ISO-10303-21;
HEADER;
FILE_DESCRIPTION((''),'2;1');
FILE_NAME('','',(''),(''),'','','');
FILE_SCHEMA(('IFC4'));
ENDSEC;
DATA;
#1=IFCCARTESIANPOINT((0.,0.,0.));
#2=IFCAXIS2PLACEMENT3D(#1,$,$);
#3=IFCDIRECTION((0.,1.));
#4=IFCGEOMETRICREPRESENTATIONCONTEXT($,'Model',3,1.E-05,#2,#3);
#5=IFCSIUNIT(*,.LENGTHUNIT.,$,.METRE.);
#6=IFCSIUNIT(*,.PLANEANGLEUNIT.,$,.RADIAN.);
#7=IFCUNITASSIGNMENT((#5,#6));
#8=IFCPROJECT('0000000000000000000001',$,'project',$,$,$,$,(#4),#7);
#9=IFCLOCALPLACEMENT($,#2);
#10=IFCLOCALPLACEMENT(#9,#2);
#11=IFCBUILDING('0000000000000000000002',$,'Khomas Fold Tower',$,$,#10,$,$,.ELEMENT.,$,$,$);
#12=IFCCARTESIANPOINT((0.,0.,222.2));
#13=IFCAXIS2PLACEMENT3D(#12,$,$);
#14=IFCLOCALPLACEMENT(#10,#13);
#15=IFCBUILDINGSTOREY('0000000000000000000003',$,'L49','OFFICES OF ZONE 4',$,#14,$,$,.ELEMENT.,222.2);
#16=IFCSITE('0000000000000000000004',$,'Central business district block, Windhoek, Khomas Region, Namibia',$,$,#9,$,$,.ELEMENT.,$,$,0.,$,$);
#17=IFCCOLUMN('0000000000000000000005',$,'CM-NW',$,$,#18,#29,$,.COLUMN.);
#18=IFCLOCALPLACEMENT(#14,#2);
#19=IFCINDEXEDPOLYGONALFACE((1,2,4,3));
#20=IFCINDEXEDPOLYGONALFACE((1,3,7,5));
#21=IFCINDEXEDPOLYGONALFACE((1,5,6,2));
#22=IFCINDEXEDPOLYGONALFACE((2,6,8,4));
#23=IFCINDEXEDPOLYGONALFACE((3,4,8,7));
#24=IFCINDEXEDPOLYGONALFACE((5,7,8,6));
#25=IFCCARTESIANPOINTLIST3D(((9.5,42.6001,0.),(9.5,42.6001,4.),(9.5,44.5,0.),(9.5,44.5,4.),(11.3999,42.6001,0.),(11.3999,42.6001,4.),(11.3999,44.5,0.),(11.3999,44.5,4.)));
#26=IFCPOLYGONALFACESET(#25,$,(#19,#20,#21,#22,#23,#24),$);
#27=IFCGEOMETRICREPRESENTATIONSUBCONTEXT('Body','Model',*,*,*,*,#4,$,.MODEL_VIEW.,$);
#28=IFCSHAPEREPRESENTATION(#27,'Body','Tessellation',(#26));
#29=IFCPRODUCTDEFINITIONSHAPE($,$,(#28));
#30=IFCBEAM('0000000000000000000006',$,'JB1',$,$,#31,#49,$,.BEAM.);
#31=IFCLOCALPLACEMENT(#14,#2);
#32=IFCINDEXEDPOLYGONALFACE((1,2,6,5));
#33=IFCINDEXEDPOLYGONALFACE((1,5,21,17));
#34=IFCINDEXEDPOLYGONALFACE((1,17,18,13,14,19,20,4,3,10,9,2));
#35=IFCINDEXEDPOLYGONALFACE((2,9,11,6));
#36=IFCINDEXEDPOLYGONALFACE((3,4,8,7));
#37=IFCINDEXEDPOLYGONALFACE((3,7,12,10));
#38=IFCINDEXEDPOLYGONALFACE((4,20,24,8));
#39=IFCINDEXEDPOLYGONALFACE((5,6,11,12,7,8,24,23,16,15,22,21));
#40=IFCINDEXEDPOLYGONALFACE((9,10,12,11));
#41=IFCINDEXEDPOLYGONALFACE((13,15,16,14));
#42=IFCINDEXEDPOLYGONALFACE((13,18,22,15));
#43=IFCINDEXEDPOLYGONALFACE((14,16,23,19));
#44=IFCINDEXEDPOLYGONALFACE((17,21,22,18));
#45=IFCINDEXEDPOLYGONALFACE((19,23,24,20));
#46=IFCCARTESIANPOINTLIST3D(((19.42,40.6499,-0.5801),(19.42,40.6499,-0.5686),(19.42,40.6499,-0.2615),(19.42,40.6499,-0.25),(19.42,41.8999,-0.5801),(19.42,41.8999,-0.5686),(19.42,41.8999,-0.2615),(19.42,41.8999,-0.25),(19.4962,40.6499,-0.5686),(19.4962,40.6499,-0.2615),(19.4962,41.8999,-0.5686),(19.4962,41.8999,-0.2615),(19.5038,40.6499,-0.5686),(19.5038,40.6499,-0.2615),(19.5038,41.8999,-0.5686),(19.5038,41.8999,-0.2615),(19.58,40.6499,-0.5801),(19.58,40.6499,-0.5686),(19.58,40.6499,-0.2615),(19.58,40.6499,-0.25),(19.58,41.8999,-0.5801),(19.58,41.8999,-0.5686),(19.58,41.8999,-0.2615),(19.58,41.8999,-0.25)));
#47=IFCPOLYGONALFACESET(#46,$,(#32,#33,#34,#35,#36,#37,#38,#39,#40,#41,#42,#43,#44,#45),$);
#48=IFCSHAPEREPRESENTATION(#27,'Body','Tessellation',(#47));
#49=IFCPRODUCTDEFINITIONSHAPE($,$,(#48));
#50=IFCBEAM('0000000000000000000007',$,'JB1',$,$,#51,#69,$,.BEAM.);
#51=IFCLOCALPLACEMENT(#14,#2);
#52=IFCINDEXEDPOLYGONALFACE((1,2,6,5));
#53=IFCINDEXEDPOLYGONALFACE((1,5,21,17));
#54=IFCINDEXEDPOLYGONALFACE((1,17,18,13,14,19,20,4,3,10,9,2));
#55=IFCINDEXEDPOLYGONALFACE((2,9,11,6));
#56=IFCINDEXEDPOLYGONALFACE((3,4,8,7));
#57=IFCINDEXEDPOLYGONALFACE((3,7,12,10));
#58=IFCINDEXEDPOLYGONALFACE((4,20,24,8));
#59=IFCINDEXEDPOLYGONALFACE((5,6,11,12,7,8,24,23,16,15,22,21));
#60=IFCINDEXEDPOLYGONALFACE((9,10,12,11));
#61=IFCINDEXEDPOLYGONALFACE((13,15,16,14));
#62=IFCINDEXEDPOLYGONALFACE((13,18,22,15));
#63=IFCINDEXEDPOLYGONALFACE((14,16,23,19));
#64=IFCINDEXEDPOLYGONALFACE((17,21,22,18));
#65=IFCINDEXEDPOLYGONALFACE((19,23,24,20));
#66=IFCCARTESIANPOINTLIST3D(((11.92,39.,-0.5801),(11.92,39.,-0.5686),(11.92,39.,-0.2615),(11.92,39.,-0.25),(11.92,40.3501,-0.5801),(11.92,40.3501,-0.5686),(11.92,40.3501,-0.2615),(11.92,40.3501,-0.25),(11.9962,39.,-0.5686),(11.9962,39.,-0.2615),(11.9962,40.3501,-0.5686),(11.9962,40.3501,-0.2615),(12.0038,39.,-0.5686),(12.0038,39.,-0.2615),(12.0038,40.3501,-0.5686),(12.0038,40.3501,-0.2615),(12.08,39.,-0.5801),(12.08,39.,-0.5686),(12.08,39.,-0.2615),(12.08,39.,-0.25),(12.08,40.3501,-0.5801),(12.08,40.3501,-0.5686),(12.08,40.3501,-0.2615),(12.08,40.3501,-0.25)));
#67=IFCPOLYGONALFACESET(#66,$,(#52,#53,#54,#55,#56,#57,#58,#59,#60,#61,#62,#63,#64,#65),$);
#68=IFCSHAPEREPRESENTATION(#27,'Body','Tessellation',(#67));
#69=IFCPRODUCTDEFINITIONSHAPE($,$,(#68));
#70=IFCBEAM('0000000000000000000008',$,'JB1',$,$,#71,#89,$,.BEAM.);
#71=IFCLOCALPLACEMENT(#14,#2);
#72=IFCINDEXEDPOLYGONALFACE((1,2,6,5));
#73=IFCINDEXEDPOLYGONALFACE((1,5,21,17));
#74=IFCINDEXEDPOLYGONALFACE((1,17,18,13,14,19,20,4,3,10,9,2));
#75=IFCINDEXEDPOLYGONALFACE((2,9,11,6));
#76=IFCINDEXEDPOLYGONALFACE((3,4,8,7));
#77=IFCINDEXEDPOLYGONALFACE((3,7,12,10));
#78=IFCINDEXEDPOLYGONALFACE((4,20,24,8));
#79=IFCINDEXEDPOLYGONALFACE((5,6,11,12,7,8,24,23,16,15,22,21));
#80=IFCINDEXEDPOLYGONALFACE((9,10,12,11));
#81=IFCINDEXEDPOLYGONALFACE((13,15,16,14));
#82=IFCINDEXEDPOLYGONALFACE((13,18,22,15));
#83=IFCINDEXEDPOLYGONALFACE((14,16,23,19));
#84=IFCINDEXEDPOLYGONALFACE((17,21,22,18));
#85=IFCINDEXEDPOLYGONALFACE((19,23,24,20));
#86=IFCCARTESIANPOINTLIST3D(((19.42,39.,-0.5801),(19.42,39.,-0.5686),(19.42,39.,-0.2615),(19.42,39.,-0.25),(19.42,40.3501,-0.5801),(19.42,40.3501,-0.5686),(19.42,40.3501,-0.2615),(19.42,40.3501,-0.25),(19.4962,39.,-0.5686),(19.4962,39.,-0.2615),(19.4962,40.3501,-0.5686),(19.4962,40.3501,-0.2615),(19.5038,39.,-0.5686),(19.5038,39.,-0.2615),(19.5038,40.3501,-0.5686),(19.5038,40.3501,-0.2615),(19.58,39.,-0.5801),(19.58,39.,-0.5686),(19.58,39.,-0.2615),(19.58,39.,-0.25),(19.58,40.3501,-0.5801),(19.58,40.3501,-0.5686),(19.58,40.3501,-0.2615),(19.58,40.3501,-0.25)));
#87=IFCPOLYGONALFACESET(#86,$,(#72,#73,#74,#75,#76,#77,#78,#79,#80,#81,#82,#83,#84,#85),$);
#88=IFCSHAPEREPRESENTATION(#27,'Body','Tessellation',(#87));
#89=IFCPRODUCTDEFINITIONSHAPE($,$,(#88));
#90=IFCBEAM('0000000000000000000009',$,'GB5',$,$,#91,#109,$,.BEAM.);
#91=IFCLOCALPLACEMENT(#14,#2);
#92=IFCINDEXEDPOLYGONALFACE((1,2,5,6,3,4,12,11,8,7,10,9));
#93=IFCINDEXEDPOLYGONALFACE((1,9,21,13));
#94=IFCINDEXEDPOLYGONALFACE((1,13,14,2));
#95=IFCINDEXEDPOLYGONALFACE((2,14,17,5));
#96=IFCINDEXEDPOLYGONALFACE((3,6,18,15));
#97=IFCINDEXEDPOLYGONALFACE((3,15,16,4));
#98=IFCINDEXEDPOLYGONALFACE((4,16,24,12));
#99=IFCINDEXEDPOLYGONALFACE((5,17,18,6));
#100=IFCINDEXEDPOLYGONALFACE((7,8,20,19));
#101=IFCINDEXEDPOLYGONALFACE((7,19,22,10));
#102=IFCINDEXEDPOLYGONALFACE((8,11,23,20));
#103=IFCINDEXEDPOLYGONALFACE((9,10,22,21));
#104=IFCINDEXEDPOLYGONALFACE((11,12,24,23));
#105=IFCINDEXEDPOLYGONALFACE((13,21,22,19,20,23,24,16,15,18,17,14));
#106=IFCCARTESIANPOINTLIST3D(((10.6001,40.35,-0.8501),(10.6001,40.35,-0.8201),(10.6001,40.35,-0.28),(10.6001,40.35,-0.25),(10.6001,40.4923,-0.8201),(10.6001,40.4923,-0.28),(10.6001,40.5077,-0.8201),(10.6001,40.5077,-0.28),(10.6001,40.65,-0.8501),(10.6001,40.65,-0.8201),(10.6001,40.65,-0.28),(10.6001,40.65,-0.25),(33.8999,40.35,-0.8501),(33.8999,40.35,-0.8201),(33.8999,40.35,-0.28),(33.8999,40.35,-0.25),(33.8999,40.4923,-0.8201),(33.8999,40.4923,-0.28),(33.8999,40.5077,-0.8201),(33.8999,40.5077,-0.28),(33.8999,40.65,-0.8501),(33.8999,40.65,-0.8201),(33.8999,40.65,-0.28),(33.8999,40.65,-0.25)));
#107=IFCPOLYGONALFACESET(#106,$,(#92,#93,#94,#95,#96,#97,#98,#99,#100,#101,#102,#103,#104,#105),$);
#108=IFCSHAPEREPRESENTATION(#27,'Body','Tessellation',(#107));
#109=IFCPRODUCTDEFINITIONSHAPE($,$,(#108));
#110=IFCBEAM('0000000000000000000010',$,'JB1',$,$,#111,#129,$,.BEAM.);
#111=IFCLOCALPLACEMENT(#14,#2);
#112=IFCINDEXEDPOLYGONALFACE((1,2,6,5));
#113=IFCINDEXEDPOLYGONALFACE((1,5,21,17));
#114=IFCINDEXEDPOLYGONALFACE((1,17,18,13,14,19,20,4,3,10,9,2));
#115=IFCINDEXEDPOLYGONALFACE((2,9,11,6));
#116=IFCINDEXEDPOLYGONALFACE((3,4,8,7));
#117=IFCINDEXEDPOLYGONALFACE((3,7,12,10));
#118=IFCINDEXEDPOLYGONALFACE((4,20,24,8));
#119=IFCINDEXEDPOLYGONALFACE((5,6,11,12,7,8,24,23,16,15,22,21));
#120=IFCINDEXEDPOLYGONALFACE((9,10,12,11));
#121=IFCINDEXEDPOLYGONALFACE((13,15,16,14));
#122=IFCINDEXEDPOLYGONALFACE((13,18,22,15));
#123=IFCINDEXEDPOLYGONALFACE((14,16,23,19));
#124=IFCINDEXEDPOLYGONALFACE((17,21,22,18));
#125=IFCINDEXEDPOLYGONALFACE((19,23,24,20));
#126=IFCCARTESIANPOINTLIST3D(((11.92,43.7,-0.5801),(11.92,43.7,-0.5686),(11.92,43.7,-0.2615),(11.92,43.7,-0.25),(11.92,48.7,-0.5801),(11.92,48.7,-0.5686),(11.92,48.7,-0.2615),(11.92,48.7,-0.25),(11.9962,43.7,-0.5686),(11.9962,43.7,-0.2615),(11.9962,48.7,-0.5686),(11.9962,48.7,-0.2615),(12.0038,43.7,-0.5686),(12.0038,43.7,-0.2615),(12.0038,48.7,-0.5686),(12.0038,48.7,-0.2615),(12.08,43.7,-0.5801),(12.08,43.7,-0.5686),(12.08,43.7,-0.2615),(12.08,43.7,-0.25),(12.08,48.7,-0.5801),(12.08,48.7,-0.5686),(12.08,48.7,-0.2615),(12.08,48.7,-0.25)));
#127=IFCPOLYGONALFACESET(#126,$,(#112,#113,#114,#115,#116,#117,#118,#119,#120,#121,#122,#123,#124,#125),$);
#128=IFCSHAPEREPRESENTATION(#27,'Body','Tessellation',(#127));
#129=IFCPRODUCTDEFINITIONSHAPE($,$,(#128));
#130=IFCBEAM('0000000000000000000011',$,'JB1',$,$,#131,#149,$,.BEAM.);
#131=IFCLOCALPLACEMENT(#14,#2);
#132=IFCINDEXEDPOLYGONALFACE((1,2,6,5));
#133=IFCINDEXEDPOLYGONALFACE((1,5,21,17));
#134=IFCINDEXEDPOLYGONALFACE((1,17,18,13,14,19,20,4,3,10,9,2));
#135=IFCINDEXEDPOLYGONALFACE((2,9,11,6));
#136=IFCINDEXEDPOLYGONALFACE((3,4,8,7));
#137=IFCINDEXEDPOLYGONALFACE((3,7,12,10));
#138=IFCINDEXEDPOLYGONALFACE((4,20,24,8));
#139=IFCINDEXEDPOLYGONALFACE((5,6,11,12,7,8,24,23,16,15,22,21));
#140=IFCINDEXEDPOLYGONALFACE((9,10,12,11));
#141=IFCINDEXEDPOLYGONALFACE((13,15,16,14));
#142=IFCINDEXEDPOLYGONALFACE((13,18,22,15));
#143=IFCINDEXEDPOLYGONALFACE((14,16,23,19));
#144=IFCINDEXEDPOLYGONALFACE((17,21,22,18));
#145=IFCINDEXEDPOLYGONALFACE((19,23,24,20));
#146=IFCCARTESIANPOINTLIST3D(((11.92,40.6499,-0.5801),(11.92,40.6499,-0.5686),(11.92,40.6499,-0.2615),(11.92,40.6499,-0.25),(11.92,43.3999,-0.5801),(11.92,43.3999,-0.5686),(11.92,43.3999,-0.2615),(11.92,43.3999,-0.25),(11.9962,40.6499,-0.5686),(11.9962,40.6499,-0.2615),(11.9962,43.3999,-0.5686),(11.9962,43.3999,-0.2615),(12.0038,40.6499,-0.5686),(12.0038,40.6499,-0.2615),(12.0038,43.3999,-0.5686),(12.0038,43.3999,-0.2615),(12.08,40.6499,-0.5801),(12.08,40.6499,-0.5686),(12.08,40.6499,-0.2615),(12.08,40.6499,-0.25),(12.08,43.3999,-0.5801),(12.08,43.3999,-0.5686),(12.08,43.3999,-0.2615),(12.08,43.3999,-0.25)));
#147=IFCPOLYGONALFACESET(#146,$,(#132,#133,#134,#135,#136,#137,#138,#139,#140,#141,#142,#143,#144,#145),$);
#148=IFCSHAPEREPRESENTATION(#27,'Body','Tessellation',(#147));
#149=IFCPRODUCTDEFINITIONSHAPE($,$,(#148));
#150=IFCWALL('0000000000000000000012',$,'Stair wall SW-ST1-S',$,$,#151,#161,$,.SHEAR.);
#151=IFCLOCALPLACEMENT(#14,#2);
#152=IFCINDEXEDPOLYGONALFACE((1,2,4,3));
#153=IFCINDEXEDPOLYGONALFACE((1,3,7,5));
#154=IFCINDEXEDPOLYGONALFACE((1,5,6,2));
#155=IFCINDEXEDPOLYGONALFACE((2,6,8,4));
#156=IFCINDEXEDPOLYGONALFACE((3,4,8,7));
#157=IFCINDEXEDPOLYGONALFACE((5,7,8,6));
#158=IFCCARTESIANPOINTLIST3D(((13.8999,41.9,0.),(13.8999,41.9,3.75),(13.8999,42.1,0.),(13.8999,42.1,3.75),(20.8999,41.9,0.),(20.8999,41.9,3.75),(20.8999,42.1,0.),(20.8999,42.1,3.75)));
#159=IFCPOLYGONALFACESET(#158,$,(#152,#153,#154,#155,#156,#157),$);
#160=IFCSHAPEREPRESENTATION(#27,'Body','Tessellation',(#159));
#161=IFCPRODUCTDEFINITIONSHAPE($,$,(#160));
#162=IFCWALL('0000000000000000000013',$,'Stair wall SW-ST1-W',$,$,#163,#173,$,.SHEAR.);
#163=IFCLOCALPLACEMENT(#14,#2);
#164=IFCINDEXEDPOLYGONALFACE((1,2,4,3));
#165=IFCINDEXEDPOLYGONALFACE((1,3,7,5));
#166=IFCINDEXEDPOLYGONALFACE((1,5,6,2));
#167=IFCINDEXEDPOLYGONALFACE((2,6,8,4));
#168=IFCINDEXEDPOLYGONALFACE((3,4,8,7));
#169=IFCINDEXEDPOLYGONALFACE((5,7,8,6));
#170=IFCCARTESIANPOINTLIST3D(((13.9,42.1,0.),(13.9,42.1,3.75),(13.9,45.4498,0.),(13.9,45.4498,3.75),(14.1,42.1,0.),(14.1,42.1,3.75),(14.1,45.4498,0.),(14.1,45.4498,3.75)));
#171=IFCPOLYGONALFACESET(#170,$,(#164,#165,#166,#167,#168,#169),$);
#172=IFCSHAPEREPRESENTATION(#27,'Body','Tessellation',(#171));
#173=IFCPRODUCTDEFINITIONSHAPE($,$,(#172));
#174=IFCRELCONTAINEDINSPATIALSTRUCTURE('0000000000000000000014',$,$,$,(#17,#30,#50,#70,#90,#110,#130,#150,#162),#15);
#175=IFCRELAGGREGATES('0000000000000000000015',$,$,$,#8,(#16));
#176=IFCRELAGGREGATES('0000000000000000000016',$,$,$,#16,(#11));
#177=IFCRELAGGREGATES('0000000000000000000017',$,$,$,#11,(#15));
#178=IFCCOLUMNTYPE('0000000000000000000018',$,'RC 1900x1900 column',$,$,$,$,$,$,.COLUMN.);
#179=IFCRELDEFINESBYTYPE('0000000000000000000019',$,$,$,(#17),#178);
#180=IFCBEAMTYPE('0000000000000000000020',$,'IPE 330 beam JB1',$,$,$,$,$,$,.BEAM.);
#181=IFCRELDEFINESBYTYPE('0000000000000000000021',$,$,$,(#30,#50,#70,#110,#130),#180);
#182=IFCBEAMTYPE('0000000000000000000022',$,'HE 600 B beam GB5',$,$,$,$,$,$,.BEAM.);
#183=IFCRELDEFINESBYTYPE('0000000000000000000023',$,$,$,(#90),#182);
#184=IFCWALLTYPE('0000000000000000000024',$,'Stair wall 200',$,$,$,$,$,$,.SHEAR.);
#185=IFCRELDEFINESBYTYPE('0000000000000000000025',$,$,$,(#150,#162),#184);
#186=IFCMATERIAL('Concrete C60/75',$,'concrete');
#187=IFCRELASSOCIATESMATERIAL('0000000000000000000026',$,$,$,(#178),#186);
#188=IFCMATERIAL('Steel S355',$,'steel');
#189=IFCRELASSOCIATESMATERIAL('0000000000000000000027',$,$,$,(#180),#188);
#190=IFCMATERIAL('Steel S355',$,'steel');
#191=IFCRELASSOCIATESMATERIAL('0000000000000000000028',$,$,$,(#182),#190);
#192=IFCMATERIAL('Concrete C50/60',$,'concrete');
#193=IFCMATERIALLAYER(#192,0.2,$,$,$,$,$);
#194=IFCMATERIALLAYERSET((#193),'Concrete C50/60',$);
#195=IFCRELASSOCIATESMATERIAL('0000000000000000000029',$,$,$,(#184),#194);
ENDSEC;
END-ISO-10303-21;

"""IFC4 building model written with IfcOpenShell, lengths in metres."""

from ifc_helpers import new_model, si_unit, direction, frame, frame_2d, origin, origin_2d, place, context, subcontext, project, spatial, rectangle, i_section, extrude, source, transform, mapped, material, layer, layer_set, material_profile, profile_set, type_object, element, save


model = new_model("IFC4")

# Units and contexts
model_context = context("Model", 3, precision=1e-05, world=origin(), true_north=direction((0.0, 1.0)))
body_context = subcontext(model_context, "Body", "Model", "MODEL_VIEW")
ifc_project = project(units=[si_unit("LENGTHUNIT", "METRE"), si_unit("PLANEANGLEUNIT", "RADIAN")], contexts=[model_context])

# Site, building, storey
site_placement = place(None, origin())
site = spatial("IfcSite", under=ifc_project, at=site_placement, Name="Central business district block, Windhoek, Khomas Region, Namibia", CompositionType="ELEMENT", RefElevation=0.0)
building_placement = place(site_placement, origin())
building = spatial("IfcBuilding", under=site, at=building_placement, Name="Khomas Fold Tower", CompositionType="ELEMENT")
storey_placement = place(building_placement, frame((0.0, 0.0, 222.2)))
storey = spatial("IfcBuildingStorey", under=building, at=storey_placement, Name="L49", Description="OFFICES OF ZONE 4", CompositionType="ELEMENT", Elevation=222.2)

# Column
ifc_material_1 = material(Name="Concrete C60/75", Category="concrete")
ifc_material_profile_1 = material_profile(ifc_material_1, rectangle(XDim=1.8999, YDim=1.8999, at=origin_2d()), Name="RC 1900x1900")
ifc_profile_set_1 = profile_set([ifc_material_profile_1], Name="Concrete C60/75")
column_type = type_object("IfcColumnType", Name="RC 1900x1900 column", PredefinedType="COLUMN", material=ifc_profile_set_1)
shared_shape_1 = source(origin(), body_context, "Body", "SweptSolid", [
    extrude(rectangle(XDim=1.8999, YDim=1.8999, at=origin_2d()), origin(), (0.0, 0.0, 1.0), 4.0),
])
column_placement = place(storey_placement, frame((10.45, 43.55, 0.0), z_axis=(0.0, 0.0, 1.0), x_axis=(1.0, 0.0, 0.0)))
element("IfcColumn", 1, at=column_placement, inside=storey, type_object=column_type, Name="CM-NW", PredefinedType="COLUMN", context=body_context, shape_type="MappedRepresentation", body=[
    mapped(shared_shape_1, transform((0.0, 0.0, 0.0))),
])

# Beams
ifc_material_2 = material(Name="Steel S355", Category="steel")
ifc_material_profile_2 = material_profile(ifc_material_2, i_section(OverallWidth=0.1599, OverallDepth=0.3301, WebThickness=0.0076, FlangeThickness=0.0115, at=origin_2d()), Name="IPE 330")
ifc_profile_set_2 = profile_set([ifc_material_profile_2], Name="Steel S355")
beam_type_1 = type_object("IfcBeamType", Name="IPE 330 beam JB1", PredefinedType="BEAM", material=ifc_profile_set_2)
shared_shape_2 = source(origin(), body_context, "Body", "SweptSolid", [
    extrude(i_section(OverallWidth=0.1599, OverallDepth=0.3301, WebThickness=0.0076, FlangeThickness=0.0115, at=origin_2d()), origin(), (0.0, 0.0, 1.0), 1.25),
])
beam_1_placement = place(storey_placement, frame((19.5, 40.6499, -0.415), z_axis=(0.0, 1.0, 0.0), x_axis=(-1.0, 0.0, 0.0)))
element("IfcBeam", 2, at=beam_1_placement, inside=storey, type_object=beam_type_1, Name="JB1", PredefinedType="BEAM", context=body_context, shape_type="MappedRepresentation", body=[
    mapped(shared_shape_2, transform((0.0, 0.0, 0.0))),
])
shared_shape_3 = source(origin(), body_context, "Body", "SweptSolid", [
    extrude(i_section(OverallWidth=0.1599, OverallDepth=0.3301, WebThickness=0.0076, FlangeThickness=0.0115, at=origin_2d()), origin(), (0.0, 0.0, 1.0), 1.3501),
])
for number, where, z_axis, x_axis, name in (
    (3, (12.0, 39.0, -0.415), (0.0, 1.0, 0.0), (-1.0, 0.0, 0.0), "JB1"),
    (4, (19.5, 39.0, -0.415), (0.0, 1.0, 0.0), (-1.0, 0.0, 0.0), "JB1"),
):
    element("IfcBeam", number, at=place(storey_placement, frame(where, z_axis=z_axis, x_axis=x_axis)), inside=storey, type_object=beam_type_1, Name=name, PredefinedType="BEAM", context=body_context, shape_type="MappedRepresentation", body=[
        mapped(shared_shape_3, transform((0.0, 0.0, 0.0))),
    ])
ifc_material_3 = material(Name="Steel S355", Category="steel")
ifc_material_profile_3 = material_profile(ifc_material_3, i_section(OverallWidth=0.3, OverallDepth=0.6001, WebThickness=0.0154, FlangeThickness=0.03, at=origin_2d()), Name="HE 600 B")
ifc_profile_set_3 = profile_set([ifc_material_profile_3], Name="Steel S355")
beam_type_2 = type_object("IfcBeamType", Name="HE 600 B beam GB5", PredefinedType="BEAM", material=ifc_profile_set_3)
shared_shape_4 = source(origin(), body_context, "Body", "SweptSolid", [
    extrude(i_section(OverallWidth=0.3, OverallDepth=0.6001, WebThickness=0.0154, FlangeThickness=0.03, at=origin_2d()), origin(), (0.0, 0.0, 1.0), 23.2998),
])
beam_2_placement = place(storey_placement, frame((10.6001, 40.5, -0.55), z_axis=(1.0, 0.0, 0.0), x_axis=(0.0, 1.0, 0.0)))
element("IfcBeam", 5, at=beam_2_placement, inside=storey, type_object=beam_type_2, Name="GB5", PredefinedType="BEAM", context=body_context, shape_type="MappedRepresentation", body=[
    mapped(shared_shape_4, transform((0.0, 0.0, 0.0))),
])
shared_shape_5 = source(origin(), body_context, "Body", "SweptSolid", [
    extrude(i_section(OverallWidth=0.1599, OverallDepth=0.3301, WebThickness=0.0076, FlangeThickness=0.0115, at=origin_2d()), origin(), (0.0, 0.0, 1.0), 5.0),
])
beam_3_placement = place(storey_placement, frame((12.0, 43.7, -0.415), z_axis=(0.0, 1.0, 0.0), x_axis=(-1.0, 0.0, 0.0)))
element("IfcBeam", 6, at=beam_3_placement, inside=storey, type_object=beam_type_1, Name="JB1", PredefinedType="BEAM", context=body_context, shape_type="MappedRepresentation", body=[
    mapped(shared_shape_5, transform((0.0, 0.0, 0.0))),
])
shared_shape_6 = source(origin(), body_context, "Body", "SweptSolid", [
    extrude(i_section(OverallWidth=0.1599, OverallDepth=0.3301, WebThickness=0.0076, FlangeThickness=0.0115, at=origin_2d()), origin(), (0.0, 0.0, 1.0), 2.75),
])
beam_4_placement = place(storey_placement, frame((12.0, 40.6499, -0.415), z_axis=(0.0, 1.0, 0.0), x_axis=(-1.0, 0.0, 0.0)))
element("IfcBeam", 7, at=beam_4_placement, inside=storey, type_object=beam_type_1, Name="JB1", PredefinedType="BEAM", context=body_context, shape_type="MappedRepresentation", body=[
    mapped(shared_shape_6, transform((0.0, 0.0, 0.0))),
])

# Walls
ifc_material_4 = material(Name="Concrete C50/60", Category="concrete")
ifc_layer_1 = layer(ifc_material_4, 0.2)
ifc_layer_set_1 = layer_set([ifc_layer_1], Name="Concrete C50/60")
wall_type_1 = type_object("IfcWallType", Name="Stair wall 200", PredefinedType="SHEAR", material=ifc_layer_set_1)
shared_shape_7 = source(origin(), body_context, "Body", "SweptSolid", [
    extrude(rectangle(XDim=7.0, YDim=0.2, at=frame_2d((3.5, 0.0))), origin(), (0.0, 0.0, 1.0), 3.75),
])
wall_1_placement = place(storey_placement, frame((13.8999, 42.0, 0.0), z_axis=(0.0, 0.0, 1.0), x_axis=(1.0, 0.0, 0.0)))
element("IfcWall", 8, at=wall_1_placement, inside=storey, type_object=wall_type_1, Name="Stair wall SW-ST1-S", PredefinedType="SHEAR", context=body_context, shape_type="MappedRepresentation", body=[
    mapped(shared_shape_7, transform((0.0, 0.0, 0.0))),
])
shared_shape_8 = source(origin(), body_context, "Body", "SweptSolid", [
    extrude(rectangle(XDim=3.3499, YDim=0.2, at=frame_2d((1.6748, 0.0))), origin(), (0.0, 0.0, 1.0), 3.75),
])
wall_2_placement = place(storey_placement, frame((14.0, 42.1001, 0.0), z_axis=(0.0, 0.0, 1.0), x_axis=(0.0, 1.0, 0.0)))
element("IfcWall", 9, at=wall_2_placement, inside=storey, type_object=wall_type_1, Name="Stair wall SW-ST1-W", PredefinedType="SHEAR", context=body_context, shape_type="MappedRepresentation", body=[
    mapped(shared_shape_8, transform((0.0, 0.0, 0.0))),
])

save(model, "model.ifc")
